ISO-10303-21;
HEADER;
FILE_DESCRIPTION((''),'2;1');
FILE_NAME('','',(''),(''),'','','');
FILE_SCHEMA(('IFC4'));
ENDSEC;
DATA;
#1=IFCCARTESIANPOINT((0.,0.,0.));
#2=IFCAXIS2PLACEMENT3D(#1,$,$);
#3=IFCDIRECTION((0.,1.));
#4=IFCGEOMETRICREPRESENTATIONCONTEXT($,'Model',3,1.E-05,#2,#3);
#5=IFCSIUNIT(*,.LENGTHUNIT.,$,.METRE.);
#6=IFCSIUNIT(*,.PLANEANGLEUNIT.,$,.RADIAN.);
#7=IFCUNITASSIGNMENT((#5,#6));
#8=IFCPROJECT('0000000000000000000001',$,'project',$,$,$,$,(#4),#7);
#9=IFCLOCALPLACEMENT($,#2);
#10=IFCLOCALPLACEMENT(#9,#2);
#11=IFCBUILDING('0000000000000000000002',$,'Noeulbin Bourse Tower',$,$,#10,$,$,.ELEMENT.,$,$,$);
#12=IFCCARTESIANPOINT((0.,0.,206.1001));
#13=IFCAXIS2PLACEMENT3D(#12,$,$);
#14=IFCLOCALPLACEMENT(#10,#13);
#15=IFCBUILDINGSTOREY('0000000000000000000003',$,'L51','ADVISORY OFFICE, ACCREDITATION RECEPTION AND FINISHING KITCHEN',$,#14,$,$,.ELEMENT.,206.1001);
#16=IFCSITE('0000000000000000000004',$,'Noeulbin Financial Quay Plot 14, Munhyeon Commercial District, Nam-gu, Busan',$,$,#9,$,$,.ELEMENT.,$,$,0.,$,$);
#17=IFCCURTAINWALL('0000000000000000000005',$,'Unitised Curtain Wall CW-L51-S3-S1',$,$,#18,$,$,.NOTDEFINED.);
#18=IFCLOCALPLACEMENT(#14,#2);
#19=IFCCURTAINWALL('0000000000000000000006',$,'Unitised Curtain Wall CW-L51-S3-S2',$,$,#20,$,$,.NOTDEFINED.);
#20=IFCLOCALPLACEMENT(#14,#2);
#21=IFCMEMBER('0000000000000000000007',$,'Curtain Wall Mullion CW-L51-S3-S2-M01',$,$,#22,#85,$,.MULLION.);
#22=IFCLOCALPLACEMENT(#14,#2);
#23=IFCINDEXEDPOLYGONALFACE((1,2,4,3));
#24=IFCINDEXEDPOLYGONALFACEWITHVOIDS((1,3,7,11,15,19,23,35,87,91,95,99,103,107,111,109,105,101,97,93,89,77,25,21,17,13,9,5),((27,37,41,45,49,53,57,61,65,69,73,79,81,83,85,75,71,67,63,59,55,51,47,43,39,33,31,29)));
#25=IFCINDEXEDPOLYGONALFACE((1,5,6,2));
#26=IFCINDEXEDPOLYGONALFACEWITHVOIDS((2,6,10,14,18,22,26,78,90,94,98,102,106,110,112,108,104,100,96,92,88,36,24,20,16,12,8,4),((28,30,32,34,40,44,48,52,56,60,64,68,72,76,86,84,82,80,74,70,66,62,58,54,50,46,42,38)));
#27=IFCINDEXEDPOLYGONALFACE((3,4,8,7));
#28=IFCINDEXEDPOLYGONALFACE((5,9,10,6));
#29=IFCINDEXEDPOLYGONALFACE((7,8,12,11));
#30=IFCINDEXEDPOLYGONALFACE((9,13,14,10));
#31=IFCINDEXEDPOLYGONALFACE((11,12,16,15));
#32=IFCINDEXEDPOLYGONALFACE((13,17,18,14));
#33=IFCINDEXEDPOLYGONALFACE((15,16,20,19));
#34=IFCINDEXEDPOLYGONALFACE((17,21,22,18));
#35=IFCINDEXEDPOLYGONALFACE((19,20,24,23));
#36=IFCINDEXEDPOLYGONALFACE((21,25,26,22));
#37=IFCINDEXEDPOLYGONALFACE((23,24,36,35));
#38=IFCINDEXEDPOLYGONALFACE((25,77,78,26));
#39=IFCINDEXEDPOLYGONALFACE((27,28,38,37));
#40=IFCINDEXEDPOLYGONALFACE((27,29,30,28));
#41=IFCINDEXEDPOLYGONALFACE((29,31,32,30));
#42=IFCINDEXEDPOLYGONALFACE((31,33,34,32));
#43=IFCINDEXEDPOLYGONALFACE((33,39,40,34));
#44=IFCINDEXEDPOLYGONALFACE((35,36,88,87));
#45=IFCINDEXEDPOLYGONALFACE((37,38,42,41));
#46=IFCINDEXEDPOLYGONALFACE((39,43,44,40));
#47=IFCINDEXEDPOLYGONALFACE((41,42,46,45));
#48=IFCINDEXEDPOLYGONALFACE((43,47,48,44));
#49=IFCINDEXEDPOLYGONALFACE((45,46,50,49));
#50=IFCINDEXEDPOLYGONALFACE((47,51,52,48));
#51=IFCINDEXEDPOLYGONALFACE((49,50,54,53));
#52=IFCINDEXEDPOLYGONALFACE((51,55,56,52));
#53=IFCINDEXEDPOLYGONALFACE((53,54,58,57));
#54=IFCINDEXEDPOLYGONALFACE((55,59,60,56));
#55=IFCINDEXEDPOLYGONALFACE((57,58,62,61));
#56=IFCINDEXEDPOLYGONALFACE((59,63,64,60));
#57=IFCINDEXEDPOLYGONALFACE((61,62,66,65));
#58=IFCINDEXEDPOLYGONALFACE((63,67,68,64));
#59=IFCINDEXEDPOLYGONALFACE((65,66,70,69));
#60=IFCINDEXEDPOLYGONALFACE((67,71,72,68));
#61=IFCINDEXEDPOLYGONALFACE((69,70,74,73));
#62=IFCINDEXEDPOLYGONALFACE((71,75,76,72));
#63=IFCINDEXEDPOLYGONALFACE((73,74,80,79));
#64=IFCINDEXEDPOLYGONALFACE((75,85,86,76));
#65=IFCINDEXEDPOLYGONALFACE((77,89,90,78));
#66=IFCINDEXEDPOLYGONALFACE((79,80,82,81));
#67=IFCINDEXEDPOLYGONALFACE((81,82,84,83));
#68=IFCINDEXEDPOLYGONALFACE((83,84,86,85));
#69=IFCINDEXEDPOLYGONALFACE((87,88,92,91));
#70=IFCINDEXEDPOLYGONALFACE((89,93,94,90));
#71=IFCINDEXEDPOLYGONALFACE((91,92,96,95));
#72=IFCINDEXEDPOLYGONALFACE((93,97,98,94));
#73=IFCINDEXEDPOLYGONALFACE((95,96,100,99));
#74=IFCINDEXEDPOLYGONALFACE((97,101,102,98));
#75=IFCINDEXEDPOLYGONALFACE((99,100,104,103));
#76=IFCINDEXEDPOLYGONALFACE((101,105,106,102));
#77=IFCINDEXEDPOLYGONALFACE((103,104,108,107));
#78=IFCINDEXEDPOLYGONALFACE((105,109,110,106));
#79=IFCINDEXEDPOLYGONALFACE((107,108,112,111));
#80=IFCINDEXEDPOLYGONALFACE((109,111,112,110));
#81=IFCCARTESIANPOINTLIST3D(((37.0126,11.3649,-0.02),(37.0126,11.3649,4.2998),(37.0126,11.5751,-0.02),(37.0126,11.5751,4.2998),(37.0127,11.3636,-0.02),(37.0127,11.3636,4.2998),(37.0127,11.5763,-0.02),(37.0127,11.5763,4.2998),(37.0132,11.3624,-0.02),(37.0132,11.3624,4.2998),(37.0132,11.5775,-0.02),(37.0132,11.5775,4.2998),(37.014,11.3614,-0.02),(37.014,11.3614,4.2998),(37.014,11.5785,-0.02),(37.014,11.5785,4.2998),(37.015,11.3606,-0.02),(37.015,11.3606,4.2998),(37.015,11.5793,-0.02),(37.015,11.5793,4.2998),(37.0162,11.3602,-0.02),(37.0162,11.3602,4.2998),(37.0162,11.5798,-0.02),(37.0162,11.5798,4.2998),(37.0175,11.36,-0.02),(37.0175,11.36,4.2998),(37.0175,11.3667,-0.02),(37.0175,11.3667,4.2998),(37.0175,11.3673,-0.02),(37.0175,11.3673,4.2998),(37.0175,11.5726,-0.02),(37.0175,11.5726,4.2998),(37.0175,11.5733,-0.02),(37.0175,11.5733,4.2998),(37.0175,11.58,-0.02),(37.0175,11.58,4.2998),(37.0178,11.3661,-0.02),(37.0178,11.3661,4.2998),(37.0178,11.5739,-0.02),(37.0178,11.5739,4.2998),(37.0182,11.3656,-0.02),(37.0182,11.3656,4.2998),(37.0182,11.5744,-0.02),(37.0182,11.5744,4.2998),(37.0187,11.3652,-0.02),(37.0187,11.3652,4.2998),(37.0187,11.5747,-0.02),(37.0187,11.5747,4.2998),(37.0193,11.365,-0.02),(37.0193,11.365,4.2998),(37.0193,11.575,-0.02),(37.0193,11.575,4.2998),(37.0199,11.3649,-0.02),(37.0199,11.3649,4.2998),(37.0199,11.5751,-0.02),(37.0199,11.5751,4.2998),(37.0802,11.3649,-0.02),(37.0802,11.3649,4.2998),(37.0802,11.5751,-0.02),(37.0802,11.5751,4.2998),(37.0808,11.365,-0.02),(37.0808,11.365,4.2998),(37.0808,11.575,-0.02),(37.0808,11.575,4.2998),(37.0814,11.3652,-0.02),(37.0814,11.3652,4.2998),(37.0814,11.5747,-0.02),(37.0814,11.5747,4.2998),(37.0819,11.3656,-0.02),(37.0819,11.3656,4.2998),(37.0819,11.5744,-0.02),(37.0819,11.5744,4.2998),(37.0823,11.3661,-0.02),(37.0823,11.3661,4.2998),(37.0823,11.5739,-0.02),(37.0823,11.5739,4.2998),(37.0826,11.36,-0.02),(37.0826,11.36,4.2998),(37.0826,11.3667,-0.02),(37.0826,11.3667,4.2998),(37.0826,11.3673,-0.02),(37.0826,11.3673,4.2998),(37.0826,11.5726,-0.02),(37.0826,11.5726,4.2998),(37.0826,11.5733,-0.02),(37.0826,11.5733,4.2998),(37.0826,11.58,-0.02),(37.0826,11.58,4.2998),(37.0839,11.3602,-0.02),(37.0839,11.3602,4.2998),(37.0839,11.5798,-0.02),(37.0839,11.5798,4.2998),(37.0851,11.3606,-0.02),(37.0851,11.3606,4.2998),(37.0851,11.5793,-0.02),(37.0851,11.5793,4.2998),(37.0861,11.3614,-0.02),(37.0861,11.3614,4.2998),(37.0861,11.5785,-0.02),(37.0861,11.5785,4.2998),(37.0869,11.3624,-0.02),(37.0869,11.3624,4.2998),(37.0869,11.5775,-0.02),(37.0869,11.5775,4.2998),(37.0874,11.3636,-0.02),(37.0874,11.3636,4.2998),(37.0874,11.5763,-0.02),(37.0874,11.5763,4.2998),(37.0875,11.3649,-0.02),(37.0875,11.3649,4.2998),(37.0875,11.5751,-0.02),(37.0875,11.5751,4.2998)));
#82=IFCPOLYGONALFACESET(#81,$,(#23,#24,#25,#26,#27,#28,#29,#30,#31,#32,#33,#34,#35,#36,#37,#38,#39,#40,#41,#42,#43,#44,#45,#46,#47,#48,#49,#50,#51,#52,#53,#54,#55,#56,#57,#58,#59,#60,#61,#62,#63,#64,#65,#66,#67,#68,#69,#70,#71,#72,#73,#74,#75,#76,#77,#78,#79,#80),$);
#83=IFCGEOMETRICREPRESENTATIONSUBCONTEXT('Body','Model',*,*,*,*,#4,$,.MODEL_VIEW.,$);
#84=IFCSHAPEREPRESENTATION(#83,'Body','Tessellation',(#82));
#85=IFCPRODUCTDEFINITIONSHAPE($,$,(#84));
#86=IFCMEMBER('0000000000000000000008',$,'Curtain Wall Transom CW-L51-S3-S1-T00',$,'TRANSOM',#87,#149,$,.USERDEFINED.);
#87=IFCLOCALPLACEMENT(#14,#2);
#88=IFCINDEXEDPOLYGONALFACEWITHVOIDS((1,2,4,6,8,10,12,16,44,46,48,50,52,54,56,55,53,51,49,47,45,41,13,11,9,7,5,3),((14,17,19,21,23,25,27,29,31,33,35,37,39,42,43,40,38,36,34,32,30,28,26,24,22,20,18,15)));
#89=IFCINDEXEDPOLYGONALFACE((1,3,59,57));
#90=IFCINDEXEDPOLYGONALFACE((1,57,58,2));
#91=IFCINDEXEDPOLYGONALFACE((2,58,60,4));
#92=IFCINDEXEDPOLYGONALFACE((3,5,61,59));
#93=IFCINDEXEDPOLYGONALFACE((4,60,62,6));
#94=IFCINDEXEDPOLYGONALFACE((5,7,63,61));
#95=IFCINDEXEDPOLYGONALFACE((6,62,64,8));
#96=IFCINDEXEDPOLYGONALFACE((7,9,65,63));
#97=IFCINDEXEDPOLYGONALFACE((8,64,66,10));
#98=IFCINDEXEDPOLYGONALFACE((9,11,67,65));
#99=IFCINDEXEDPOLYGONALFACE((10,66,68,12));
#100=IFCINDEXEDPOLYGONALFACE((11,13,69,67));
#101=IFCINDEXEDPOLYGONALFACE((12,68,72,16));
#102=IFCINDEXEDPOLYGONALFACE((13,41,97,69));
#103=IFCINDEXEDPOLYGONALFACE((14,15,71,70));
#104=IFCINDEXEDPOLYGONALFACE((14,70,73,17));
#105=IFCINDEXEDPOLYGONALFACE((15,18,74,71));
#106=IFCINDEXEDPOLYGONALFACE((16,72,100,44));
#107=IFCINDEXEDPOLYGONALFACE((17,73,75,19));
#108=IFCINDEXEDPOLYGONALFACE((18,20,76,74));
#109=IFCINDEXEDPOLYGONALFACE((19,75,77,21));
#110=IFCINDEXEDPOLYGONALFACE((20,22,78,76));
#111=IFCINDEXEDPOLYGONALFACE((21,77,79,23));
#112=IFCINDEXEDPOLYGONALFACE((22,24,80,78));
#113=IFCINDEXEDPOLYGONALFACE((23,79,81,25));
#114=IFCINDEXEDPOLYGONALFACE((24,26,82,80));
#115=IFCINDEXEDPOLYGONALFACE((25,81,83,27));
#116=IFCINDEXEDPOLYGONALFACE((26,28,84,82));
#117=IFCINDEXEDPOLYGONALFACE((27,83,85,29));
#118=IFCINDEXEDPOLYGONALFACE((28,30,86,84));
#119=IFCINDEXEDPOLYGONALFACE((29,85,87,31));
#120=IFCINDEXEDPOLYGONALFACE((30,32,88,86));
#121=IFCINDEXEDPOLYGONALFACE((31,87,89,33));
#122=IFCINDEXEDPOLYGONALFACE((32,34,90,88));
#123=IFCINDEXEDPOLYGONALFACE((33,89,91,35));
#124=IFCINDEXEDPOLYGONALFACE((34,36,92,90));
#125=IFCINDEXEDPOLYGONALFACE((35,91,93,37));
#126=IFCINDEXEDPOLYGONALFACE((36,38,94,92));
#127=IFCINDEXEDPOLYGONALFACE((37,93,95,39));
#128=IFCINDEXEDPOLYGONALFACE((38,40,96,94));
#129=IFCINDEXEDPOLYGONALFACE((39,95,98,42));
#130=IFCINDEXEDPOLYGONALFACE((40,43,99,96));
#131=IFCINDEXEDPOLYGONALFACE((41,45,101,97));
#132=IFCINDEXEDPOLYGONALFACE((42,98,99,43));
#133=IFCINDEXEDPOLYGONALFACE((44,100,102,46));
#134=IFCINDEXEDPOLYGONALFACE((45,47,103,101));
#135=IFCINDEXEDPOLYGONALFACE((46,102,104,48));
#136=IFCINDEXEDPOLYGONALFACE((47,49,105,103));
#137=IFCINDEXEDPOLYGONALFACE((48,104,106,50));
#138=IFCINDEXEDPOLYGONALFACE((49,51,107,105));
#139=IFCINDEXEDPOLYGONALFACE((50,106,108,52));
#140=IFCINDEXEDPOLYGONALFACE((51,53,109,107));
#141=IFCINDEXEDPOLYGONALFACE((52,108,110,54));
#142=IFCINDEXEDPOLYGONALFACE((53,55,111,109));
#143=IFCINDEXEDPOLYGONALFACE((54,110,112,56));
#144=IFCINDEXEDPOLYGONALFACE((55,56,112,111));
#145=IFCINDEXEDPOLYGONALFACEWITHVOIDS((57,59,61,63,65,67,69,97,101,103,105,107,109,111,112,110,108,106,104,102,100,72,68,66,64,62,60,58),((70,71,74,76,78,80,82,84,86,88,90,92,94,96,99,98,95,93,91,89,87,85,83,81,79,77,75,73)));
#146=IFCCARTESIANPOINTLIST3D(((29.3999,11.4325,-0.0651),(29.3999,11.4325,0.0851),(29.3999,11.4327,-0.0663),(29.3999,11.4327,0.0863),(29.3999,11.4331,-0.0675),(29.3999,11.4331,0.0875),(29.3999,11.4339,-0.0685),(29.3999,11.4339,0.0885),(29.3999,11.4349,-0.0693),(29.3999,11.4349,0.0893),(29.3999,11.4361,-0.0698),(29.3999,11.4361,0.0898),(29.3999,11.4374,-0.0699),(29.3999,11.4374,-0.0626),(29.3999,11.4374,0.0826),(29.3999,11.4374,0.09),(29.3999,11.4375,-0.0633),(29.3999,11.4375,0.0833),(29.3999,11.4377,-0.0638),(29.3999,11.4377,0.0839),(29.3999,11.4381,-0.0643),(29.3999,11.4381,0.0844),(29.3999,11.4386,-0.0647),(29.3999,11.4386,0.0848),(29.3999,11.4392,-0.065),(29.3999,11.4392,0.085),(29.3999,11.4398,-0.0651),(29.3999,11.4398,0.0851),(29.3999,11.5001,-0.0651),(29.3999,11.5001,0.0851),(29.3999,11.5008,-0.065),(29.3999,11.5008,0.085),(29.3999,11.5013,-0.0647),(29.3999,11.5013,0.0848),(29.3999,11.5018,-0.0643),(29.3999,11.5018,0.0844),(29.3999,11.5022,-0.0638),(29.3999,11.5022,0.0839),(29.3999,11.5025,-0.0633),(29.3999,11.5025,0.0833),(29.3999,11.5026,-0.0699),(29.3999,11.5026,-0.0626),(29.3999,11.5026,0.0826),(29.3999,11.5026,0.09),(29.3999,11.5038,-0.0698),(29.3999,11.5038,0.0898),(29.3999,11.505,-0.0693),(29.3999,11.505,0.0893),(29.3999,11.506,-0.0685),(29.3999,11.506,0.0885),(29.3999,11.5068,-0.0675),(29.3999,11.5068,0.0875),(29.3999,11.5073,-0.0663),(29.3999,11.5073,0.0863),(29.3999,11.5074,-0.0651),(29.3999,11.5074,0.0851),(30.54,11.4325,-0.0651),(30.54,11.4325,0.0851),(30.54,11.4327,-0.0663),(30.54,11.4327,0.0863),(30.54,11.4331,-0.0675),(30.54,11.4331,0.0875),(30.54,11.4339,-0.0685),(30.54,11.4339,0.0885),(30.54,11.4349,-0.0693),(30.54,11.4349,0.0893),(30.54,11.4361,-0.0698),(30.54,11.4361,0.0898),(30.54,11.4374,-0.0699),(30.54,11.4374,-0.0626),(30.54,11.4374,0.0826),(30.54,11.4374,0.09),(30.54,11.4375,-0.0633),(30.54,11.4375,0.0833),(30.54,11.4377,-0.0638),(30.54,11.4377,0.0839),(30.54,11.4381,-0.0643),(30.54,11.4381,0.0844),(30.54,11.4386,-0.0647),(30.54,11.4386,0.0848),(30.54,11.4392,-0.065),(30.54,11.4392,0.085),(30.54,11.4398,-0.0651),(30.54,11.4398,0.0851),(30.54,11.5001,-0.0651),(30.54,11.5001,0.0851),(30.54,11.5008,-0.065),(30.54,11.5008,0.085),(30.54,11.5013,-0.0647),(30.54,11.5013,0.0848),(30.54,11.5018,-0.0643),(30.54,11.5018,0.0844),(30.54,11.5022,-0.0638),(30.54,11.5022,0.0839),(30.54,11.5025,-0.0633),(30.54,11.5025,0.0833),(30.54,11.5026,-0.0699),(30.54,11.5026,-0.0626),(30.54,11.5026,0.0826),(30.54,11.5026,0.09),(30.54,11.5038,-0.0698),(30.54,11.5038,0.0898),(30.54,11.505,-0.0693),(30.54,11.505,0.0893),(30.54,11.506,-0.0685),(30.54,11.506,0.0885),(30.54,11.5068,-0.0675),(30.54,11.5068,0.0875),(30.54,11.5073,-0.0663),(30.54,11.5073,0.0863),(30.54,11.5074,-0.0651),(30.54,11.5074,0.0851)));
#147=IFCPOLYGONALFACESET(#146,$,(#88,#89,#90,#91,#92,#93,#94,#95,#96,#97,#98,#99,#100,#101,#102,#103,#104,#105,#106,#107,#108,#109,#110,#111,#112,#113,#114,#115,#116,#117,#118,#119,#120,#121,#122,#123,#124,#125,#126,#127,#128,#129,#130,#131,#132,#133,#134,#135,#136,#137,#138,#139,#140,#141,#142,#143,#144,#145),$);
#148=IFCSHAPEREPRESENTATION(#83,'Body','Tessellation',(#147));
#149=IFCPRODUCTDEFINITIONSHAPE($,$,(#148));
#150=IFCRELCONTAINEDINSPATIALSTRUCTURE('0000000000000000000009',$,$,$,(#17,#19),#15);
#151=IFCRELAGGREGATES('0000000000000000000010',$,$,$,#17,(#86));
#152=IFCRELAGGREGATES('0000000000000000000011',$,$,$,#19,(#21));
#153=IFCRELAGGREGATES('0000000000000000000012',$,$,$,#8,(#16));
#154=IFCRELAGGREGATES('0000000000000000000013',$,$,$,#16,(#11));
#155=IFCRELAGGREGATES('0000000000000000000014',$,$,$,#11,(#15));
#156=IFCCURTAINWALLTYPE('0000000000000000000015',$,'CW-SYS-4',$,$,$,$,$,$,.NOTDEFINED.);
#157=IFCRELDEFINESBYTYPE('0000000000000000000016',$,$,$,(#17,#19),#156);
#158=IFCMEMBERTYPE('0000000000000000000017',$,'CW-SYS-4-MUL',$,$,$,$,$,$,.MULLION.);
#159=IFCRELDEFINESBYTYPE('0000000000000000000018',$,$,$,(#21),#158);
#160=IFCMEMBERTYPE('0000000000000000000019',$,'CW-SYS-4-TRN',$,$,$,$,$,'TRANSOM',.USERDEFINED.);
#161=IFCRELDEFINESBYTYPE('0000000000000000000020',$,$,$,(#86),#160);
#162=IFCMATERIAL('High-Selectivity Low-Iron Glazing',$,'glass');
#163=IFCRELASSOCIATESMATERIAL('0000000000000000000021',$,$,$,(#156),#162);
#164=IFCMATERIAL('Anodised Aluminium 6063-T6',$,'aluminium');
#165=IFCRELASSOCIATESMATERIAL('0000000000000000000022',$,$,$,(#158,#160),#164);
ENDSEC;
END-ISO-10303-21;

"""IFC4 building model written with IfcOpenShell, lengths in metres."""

from ifc_helpers import new_model, si_unit, direction, frame, origin, origin_2d, place, context, subcontext, project, spatial, hollow_rectangle, extrude, material, material_profile, profile_set, type_object, element, aggregate, save


model = new_model("IFC4")

# Units and contexts
model_context = context("Model", 3, precision=1e-05, world=origin(), true_north=direction((0.0, 1.0)))
body_context = subcontext(model_context, "Body", "Model", "MODEL_VIEW")
ifc_project = project(units=[si_unit("LENGTHUNIT", "METRE"), si_unit("PLANEANGLEUNIT", "RADIAN")], contexts=[model_context])

# Site, building, storey
site_placement = place(None, origin())
site = spatial("IfcSite", under=ifc_project, at=site_placement, Name="Noeulbin Financial Quay Plot 14, Munhyeon Commercial District, Nam-gu, Busan", CompositionType="ELEMENT", RefElevation=0.0)
building_placement = place(site_placement, origin())
building = spatial("IfcBuilding", under=site, at=building_placement, Name="Noeulbin Bourse Tower", CompositionType="ELEMENT")
storey_placement = place(building_placement, frame((0.0, 0.0, 206.1001)))
storey = spatial("IfcBuildingStorey", under=building, at=storey_placement, Name="L51", Description="ADVISORY OFFICE, ACCREDITATION RECEPTION AND FINISHING KITCHEN", CompositionType="ELEMENT", Elevation=206.1001)

# Curtain walls, member
ifc_material_1 = material(Name="High-Selectivity Low-Iron Glazing", Category="glass")
curtain_wall_type = type_object("IfcCurtainWallType", Name="CW-SYS-4", PredefinedType="NOTDEFINED", material=ifc_material_1)
curtain_wall_1_placement = place(storey_placement, origin())
curtain_wall_1 = element("IfcCurtainWall", 1, at=curtain_wall_1_placement, inside=storey, type_object=curtain_wall_type, Name="Unitised Curtain Wall CW-L51-S3-S1", PredefinedType="NOTDEFINED")
ifc_material_2 = material(Name="Anodised Aluminium 6063-T6", Category="aluminium")
ifc_material_profile_1 = material_profile(ifc_material_2, hollow_rectangle(XDim=0.075, YDim=0.22, WallThickness=0.0049, InnerFilletRadius=0.0024, OuterFilletRadius=0.0049, at=origin_2d()), Name="ALU-MULL-75x220x5", Category="LoadBearing")
ifc_profile_set_1 = profile_set([ifc_material_profile_1], Name="Anodised Aluminium 6063-T6")
member_type_1 = type_object("IfcMemberType", Name="CW-SYS-4-MUL", PredefinedType="MULLION", material=ifc_profile_set_1)
curtain_wall_2_placement = place(storey_placement, origin())
curtain_wall_2 = element("IfcCurtainWall", 2, at=curtain_wall_2_placement, inside=storey, type_object=curtain_wall_type, Name="Unitised Curtain Wall CW-L51-S3-S2", PredefinedType="NOTDEFINED")
member_1_placement = place(storey_placement, frame((37.05, 11.47, -0.02), z_axis=(0.0, 0.0, 1.0), x_axis=(1.0, 0.0, 0.0)))
member_1 = element("IfcMember", 3, at=member_1_placement, type_object=member_type_1, Name="Curtain Wall Mullion CW-L51-S3-S2-M01", PredefinedType="MULLION", context=body_context, shape_type="SweptSolid", body=[
    extrude(hollow_rectangle(XDim=0.075, YDim=0.22, WallThickness=0.0049, InnerFilletRadius=0.0024, OuterFilletRadius=0.0049, at=origin_2d()), origin(), (0.0, 0.0, 1.0), 4.3198),
])

# Member
ifc_material_profile_2 = material_profile(ifc_material_2, hollow_rectangle(XDim=0.075, YDim=0.1599, WallThickness=0.0049, InnerFilletRadius=0.0024, OuterFilletRadius=0.0049, at=origin_2d()), Name="ALU-TRAN-75x160x5", Category="LoadBearing")
ifc_profile_set_2 = profile_set([ifc_material_profile_2], Name="Anodised Aluminium 6063-T6")
member_type_2 = type_object("IfcMemberType", Name="CW-SYS-4-TRN", ElementType="TRANSOM", PredefinedType="USERDEFINED", material=ifc_profile_set_2)
member_2_placement = place(storey_placement, frame((29.3999, 11.47, 0.01), z_axis=(1.0, 0.0, 0.0), x_axis=(0.0, 1.0, 0.0)))
member_2 = element("IfcMember", 4, at=member_2_placement, type_object=member_type_2, Name="Curtain Wall Transom CW-L51-S3-S1-T00", ObjectType="TRANSOM", PredefinedType="USERDEFINED", context=body_context, shape_type="SweptSolid", body=[
    extrude(hollow_rectangle(XDim=0.075, YDim=0.1599, WallThickness=0.0049, InnerFilletRadius=0.0024, OuterFilletRadius=0.0049, at=origin_2d()), origin(), (0.0, 0.0, 1.0), 1.1401),
])

aggregate(curtain_wall_1, [member_2])
aggregate(curtain_wall_2, [member_1])

save(model, "model.ifc")
